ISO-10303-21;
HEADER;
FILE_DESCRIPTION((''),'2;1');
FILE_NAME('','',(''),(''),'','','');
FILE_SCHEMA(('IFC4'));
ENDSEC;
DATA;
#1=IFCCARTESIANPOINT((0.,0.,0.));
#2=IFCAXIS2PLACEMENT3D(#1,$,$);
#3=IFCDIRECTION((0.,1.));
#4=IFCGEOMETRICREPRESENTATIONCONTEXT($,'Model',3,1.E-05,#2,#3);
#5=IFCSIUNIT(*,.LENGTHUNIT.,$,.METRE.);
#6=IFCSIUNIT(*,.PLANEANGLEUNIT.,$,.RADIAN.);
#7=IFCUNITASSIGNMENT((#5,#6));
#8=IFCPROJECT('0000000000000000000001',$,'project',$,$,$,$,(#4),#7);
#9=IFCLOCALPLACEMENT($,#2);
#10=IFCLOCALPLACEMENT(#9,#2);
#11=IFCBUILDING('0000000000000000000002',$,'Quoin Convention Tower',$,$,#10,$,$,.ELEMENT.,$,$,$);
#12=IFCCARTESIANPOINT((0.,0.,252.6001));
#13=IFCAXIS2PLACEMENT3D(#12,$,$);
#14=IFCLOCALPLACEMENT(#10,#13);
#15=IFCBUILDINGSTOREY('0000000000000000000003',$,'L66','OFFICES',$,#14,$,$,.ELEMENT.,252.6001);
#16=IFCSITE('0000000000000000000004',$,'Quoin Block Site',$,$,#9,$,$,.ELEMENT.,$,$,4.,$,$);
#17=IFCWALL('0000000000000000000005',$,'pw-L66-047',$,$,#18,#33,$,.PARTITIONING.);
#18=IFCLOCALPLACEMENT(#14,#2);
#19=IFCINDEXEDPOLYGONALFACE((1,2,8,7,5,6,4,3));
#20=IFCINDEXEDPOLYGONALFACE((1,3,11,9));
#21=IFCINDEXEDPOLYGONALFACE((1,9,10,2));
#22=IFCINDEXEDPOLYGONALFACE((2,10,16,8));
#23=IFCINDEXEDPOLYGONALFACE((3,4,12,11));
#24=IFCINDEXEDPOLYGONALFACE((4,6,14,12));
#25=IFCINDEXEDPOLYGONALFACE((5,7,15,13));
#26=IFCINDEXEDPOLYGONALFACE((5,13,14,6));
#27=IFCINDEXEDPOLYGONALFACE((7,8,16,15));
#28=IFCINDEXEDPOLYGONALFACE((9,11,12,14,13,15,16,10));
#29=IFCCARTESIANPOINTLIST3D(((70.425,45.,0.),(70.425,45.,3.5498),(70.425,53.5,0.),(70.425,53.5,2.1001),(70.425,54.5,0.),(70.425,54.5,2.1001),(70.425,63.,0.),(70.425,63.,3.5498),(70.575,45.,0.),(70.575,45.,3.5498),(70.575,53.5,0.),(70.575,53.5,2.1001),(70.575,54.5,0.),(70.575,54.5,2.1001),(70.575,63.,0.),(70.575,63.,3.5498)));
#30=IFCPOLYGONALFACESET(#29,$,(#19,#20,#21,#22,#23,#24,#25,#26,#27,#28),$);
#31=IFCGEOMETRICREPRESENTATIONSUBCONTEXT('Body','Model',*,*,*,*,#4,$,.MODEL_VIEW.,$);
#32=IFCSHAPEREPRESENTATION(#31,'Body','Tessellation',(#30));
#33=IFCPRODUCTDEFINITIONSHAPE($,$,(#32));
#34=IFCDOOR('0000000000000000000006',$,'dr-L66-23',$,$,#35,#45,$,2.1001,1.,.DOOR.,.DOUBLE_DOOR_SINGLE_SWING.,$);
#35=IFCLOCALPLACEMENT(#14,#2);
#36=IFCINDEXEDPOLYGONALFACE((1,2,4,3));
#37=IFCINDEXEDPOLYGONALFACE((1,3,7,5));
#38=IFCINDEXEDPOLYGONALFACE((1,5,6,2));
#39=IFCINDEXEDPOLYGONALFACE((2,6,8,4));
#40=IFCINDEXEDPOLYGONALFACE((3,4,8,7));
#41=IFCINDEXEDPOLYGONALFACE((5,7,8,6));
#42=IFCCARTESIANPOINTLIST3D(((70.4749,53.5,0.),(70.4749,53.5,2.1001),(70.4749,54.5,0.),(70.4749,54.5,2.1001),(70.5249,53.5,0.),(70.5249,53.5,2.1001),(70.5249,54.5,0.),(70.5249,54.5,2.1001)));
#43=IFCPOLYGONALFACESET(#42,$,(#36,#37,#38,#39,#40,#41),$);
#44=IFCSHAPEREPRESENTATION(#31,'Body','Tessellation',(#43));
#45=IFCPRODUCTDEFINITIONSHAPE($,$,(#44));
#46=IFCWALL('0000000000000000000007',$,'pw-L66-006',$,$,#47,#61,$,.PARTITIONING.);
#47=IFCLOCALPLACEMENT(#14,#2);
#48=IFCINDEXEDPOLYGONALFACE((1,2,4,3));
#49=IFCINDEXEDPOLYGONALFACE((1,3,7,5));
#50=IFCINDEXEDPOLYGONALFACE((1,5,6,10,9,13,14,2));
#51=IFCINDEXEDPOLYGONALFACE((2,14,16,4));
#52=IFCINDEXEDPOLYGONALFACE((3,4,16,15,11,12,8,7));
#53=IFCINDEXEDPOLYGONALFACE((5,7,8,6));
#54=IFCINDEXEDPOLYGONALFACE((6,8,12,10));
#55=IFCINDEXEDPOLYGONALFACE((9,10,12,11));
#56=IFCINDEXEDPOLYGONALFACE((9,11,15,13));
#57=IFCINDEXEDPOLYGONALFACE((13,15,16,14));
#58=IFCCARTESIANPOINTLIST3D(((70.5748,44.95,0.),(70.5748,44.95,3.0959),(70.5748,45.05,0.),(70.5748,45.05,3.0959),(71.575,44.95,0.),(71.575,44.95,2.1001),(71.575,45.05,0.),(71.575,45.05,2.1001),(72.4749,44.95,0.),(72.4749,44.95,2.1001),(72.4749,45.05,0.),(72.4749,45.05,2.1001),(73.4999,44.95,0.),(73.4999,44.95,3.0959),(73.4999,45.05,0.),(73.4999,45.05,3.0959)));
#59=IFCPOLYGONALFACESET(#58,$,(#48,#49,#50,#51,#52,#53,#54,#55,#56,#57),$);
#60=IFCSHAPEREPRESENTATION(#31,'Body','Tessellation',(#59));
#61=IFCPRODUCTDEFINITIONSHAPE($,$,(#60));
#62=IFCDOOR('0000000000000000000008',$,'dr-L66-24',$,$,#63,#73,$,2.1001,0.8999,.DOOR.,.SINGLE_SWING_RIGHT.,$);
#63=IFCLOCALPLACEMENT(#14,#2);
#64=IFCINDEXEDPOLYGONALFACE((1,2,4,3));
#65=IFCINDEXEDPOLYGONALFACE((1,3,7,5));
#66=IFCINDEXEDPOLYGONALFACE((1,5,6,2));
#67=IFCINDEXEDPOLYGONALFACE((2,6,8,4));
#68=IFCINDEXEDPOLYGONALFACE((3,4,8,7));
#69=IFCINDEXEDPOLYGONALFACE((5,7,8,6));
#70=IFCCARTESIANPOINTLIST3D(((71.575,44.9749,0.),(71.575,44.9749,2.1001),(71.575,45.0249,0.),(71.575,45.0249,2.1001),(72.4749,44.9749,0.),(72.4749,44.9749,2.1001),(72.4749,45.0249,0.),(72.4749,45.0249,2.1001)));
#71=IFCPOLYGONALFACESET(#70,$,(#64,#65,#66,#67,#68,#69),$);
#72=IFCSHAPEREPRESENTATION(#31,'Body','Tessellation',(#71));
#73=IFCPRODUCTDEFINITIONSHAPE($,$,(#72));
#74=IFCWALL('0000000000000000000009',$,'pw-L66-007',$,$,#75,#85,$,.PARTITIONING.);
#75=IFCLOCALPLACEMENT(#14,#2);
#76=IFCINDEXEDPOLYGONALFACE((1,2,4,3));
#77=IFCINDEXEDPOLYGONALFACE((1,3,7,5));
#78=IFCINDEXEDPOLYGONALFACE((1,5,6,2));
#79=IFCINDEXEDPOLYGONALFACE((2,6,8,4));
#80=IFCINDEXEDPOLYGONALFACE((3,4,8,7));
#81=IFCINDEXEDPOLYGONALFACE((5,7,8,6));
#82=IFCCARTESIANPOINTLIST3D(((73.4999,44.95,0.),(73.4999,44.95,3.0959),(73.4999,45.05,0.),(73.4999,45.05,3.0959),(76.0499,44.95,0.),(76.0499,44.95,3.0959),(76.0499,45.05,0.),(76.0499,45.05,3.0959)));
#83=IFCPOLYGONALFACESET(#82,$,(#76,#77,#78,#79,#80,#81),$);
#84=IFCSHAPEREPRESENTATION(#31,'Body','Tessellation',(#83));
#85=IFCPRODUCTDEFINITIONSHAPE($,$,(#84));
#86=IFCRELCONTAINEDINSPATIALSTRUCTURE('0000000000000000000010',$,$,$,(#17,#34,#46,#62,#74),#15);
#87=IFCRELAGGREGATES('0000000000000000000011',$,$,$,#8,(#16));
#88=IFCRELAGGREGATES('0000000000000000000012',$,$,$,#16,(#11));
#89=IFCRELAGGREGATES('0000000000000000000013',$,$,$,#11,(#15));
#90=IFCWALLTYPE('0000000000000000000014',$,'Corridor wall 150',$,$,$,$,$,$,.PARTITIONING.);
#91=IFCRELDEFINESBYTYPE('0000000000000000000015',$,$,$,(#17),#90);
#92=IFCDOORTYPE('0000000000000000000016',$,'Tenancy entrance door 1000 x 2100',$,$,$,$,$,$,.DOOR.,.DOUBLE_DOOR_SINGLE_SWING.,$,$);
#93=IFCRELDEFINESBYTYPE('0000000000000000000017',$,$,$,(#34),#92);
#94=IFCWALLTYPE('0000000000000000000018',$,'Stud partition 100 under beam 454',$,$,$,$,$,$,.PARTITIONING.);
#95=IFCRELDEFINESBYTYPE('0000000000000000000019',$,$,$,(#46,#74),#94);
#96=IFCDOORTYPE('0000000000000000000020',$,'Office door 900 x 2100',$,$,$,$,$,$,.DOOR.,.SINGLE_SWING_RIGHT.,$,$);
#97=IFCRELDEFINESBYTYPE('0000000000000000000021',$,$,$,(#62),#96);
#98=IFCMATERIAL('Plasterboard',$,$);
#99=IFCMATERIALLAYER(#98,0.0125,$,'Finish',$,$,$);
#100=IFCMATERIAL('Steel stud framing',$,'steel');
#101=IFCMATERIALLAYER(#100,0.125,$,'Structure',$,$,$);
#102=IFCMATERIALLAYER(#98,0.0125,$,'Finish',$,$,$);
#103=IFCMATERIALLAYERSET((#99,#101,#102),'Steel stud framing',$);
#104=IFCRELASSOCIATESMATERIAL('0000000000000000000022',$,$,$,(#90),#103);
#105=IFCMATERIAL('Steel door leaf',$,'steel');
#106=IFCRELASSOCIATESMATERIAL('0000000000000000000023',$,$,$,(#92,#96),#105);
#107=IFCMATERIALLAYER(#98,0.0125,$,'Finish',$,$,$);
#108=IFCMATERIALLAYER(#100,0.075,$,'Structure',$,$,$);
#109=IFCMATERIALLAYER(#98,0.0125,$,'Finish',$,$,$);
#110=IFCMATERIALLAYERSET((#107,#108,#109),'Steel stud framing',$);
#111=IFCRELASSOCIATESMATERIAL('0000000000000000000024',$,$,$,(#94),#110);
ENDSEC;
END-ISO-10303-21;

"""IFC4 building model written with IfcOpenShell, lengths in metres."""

from ifc_helpers import new_model, si_unit, direction, frame, frame_2d, origin, place, context, subcontext, project, spatial, rectangle, extrude, material, layer, layer_set, type_object, element, fill, save


model = new_model("IFC4")

# Units and contexts
model_context = context("Model", 3, precision=1e-05, world=origin(), true_north=direction((0.0, 1.0)))
body_context = subcontext(model_context, "Body", "Model", "MODEL_VIEW")
ifc_project = project(units=[si_unit("LENGTHUNIT", "METRE"), si_unit("PLANEANGLEUNIT", "RADIAN")], contexts=[model_context])

# Site, building, storey
site_placement = place(None, origin())
site = spatial("IfcSite", under=ifc_project, at=site_placement, Name="Quoin Block Site", CompositionType="ELEMENT", RefElevation=4.0)
building_placement = place(site_placement, origin())
building = spatial("IfcBuilding", under=site, at=building_placement, Name="Quoin Convention Tower", CompositionType="ELEMENT")
storey_placement = place(building_placement, frame((0.0, 0.0, 252.6001)))
storey = spatial("IfcBuildingStorey", under=building, at=storey_placement, Name="L66", Description="OFFICES", CompositionType="ELEMENT", Elevation=252.6001)

# Shared definitions
ifc_material_1 = material(Name="Plasterboard")
ifc_layer_1 = layer(ifc_material_1, 0.0125, Name="Finish")
ifc_material_2 = material(Name="Steel stud framing", Category="steel")
ifc_layer_2 = layer(ifc_material_2, 0.125, Name="Structure")
ifc_layer_3 = layer(ifc_material_1, 0.0125, Name="Finish")
ifc_layer_set_1 = layer_set([ifc_layer_1, ifc_layer_2, ifc_layer_3], Name="Steel stud framing")
wall_type_1 = type_object("IfcWallType", Name="Corridor wall 150", PredefinedType="PARTITIONING", material=ifc_layer_set_1)

# Walls, openings, doors
wall_1_placement = place(storey_placement, frame((70.5, 45.0, 0.0), z_axis=(0.0, 0.0, 1.0), x_axis=(0.0, 1.0, 0.0)))
wall_1 = element("IfcWall", 1, at=wall_1_placement, inside=storey, type_object=wall_type_1, Name="pw-L66-047", PredefinedType="PARTITIONING", context=body_context, shape_type="SweptSolid", body=[
    extrude(rectangle(XDim=18.0, YDim=0.1499, at=frame_2d((9.0, 0.0))), origin(), (0.0, 0.0, 1.0), 3.5498),
])
opening_1_placement = place(wall_1_placement, frame((8.5, 0.0, 0.0)))
opening_1 = element("IfcOpeningElement", 2, at=opening_1_placement, cuts=wall_1, PredefinedType="OPENING", context=body_context, shape_type="SweptSolid", body=[
    extrude(rectangle(XDim=1.0, YDim=2.1001, at=frame_2d((0.5, 1.05))), frame((0.0, 0.085, 0.0), z_axis=(0.0, -1.0, 0.0), x_axis=(1.0, 0.0, 0.0)), (0.0, 0.0, 1.0), 0.1699),
])
ifc_material_3 = material(Name="Steel door leaf", Category="steel")
door_type_1 = type_object("IfcDoorType", Name="Tenancy entrance door 1000 x 2100", OperationType="DOUBLE_DOOR_SINGLE_SWING", PredefinedType="DOOR", material=ifc_material_3)
door_1_placement = place(opening_1_placement, frame((1.0, 0.0, 0.0), z_axis=(0.0, 0.0, 1.0), x_axis=(-1.0, 0.0, 0.0)))
door_1 = element("IfcDoor", 3, at=door_1_placement, inside=storey, type_object=door_type_1, Name="dr-L66-23", OperationType="DOUBLE_DOOR_SINGLE_SWING", OverallHeight=2.1001, OverallWidth=1.0, PredefinedType="DOOR", context=body_context, shape_type="SweptSolid", body=[
    extrude(rectangle(XDim=1.0, YDim=2.1001, at=frame_2d((0.5, 1.05))), frame((0.0, 0.0249, 0.0), z_axis=(0.0, -1.0, 0.0), x_axis=(1.0, 0.0, 0.0)), (0.0, 0.0, 1.0), 0.05),
])
fill(opening_1, door_1)
ifc_layer_4 = layer(ifc_material_1, 0.0125, Name="Finish")
ifc_layer_5 = layer(ifc_material_2, 0.075, Name="Structure")
ifc_layer_6 = layer(ifc_material_1, 0.0125, Name="Finish")
ifc_layer_set_2 = layer_set([ifc_layer_4, ifc_layer_5, ifc_layer_6], Name="Steel stud framing")
wall_type_2 = type_object("IfcWallType", Name="Stud partition 100 under beam 454", PredefinedType="PARTITIONING", material=ifc_layer_set_2)
wall_2_placement = place(storey_placement, frame((70.575, 45.0, 0.0), z_axis=(0.0, 0.0, 1.0), x_axis=(1.0, 0.0, 0.0)))
wall_2 = element("IfcWall", 4, at=wall_2_placement, inside=storey, type_object=wall_type_2, Name="pw-L66-006", PredefinedType="PARTITIONING", context=body_context, shape_type="SweptSolid", body=[
    extrude(rectangle(XDim=2.925, YDim=0.1001, at=frame_2d((1.4624, 0.0))), origin(), (0.0, 0.0, 1.0), 3.0959),
])
opening_2_placement = place(wall_2_placement, frame((1.0, 0.0, 0.0)))
opening_2 = element("IfcOpeningElement", 5, at=opening_2_placement, cuts=wall_2, PredefinedType="OPENING", context=body_context, shape_type="SweptSolid", body=[
    extrude(rectangle(XDim=0.8999, YDim=2.1001, at=frame_2d((0.45, 1.05))), frame((0.0, 0.0601, 0.0), z_axis=(0.0, -1.0, 0.0), x_axis=(1.0, 0.0, 0.0)), (0.0, 0.0, 1.0), 0.1201),
])
door_type_2 = type_object("IfcDoorType", Name="Office door 900 x 2100", OperationType="SINGLE_SWING_RIGHT", PredefinedType="DOOR", material=ifc_material_3)
door_2_placement = place(opening_2_placement, origin())
door_2 = element("IfcDoor", 6, at=door_2_placement, inside=storey, type_object=door_type_2, Name="dr-L66-24", OperationType="SINGLE_SWING_RIGHT", OverallHeight=2.1001, OverallWidth=0.8999, PredefinedType="DOOR", context=body_context, shape_type="SweptSolid", body=[
    extrude(rectangle(XDim=0.8999, YDim=2.1001, at=frame_2d((0.45, 1.05))), frame((0.0, 0.0249, 0.0), z_axis=(0.0, -1.0, 0.0), x_axis=(1.0, 0.0, 0.0)), (0.0, 0.0, 1.0), 0.05),
])
fill(opening_2, door_2)

# Wall
wall_3_placement = place(storey_placement, frame((73.5, 45.0, 0.0), z_axis=(0.0, 0.0, 1.0), x_axis=(1.0, 0.0, 0.0)))
element("IfcWall", 7, at=wall_3_placement, inside=storey, type_object=wall_type_2, Name="pw-L66-007", PredefinedType="PARTITIONING", context=body_context, shape_type="SweptSolid", body=[
    extrude(rectangle(XDim=2.55, YDim=0.1001, at=frame_2d((1.2749, 0.0))), origin(), (0.0, 0.0, 1.0), 3.0959),
])

save(model, "model.ifc")
